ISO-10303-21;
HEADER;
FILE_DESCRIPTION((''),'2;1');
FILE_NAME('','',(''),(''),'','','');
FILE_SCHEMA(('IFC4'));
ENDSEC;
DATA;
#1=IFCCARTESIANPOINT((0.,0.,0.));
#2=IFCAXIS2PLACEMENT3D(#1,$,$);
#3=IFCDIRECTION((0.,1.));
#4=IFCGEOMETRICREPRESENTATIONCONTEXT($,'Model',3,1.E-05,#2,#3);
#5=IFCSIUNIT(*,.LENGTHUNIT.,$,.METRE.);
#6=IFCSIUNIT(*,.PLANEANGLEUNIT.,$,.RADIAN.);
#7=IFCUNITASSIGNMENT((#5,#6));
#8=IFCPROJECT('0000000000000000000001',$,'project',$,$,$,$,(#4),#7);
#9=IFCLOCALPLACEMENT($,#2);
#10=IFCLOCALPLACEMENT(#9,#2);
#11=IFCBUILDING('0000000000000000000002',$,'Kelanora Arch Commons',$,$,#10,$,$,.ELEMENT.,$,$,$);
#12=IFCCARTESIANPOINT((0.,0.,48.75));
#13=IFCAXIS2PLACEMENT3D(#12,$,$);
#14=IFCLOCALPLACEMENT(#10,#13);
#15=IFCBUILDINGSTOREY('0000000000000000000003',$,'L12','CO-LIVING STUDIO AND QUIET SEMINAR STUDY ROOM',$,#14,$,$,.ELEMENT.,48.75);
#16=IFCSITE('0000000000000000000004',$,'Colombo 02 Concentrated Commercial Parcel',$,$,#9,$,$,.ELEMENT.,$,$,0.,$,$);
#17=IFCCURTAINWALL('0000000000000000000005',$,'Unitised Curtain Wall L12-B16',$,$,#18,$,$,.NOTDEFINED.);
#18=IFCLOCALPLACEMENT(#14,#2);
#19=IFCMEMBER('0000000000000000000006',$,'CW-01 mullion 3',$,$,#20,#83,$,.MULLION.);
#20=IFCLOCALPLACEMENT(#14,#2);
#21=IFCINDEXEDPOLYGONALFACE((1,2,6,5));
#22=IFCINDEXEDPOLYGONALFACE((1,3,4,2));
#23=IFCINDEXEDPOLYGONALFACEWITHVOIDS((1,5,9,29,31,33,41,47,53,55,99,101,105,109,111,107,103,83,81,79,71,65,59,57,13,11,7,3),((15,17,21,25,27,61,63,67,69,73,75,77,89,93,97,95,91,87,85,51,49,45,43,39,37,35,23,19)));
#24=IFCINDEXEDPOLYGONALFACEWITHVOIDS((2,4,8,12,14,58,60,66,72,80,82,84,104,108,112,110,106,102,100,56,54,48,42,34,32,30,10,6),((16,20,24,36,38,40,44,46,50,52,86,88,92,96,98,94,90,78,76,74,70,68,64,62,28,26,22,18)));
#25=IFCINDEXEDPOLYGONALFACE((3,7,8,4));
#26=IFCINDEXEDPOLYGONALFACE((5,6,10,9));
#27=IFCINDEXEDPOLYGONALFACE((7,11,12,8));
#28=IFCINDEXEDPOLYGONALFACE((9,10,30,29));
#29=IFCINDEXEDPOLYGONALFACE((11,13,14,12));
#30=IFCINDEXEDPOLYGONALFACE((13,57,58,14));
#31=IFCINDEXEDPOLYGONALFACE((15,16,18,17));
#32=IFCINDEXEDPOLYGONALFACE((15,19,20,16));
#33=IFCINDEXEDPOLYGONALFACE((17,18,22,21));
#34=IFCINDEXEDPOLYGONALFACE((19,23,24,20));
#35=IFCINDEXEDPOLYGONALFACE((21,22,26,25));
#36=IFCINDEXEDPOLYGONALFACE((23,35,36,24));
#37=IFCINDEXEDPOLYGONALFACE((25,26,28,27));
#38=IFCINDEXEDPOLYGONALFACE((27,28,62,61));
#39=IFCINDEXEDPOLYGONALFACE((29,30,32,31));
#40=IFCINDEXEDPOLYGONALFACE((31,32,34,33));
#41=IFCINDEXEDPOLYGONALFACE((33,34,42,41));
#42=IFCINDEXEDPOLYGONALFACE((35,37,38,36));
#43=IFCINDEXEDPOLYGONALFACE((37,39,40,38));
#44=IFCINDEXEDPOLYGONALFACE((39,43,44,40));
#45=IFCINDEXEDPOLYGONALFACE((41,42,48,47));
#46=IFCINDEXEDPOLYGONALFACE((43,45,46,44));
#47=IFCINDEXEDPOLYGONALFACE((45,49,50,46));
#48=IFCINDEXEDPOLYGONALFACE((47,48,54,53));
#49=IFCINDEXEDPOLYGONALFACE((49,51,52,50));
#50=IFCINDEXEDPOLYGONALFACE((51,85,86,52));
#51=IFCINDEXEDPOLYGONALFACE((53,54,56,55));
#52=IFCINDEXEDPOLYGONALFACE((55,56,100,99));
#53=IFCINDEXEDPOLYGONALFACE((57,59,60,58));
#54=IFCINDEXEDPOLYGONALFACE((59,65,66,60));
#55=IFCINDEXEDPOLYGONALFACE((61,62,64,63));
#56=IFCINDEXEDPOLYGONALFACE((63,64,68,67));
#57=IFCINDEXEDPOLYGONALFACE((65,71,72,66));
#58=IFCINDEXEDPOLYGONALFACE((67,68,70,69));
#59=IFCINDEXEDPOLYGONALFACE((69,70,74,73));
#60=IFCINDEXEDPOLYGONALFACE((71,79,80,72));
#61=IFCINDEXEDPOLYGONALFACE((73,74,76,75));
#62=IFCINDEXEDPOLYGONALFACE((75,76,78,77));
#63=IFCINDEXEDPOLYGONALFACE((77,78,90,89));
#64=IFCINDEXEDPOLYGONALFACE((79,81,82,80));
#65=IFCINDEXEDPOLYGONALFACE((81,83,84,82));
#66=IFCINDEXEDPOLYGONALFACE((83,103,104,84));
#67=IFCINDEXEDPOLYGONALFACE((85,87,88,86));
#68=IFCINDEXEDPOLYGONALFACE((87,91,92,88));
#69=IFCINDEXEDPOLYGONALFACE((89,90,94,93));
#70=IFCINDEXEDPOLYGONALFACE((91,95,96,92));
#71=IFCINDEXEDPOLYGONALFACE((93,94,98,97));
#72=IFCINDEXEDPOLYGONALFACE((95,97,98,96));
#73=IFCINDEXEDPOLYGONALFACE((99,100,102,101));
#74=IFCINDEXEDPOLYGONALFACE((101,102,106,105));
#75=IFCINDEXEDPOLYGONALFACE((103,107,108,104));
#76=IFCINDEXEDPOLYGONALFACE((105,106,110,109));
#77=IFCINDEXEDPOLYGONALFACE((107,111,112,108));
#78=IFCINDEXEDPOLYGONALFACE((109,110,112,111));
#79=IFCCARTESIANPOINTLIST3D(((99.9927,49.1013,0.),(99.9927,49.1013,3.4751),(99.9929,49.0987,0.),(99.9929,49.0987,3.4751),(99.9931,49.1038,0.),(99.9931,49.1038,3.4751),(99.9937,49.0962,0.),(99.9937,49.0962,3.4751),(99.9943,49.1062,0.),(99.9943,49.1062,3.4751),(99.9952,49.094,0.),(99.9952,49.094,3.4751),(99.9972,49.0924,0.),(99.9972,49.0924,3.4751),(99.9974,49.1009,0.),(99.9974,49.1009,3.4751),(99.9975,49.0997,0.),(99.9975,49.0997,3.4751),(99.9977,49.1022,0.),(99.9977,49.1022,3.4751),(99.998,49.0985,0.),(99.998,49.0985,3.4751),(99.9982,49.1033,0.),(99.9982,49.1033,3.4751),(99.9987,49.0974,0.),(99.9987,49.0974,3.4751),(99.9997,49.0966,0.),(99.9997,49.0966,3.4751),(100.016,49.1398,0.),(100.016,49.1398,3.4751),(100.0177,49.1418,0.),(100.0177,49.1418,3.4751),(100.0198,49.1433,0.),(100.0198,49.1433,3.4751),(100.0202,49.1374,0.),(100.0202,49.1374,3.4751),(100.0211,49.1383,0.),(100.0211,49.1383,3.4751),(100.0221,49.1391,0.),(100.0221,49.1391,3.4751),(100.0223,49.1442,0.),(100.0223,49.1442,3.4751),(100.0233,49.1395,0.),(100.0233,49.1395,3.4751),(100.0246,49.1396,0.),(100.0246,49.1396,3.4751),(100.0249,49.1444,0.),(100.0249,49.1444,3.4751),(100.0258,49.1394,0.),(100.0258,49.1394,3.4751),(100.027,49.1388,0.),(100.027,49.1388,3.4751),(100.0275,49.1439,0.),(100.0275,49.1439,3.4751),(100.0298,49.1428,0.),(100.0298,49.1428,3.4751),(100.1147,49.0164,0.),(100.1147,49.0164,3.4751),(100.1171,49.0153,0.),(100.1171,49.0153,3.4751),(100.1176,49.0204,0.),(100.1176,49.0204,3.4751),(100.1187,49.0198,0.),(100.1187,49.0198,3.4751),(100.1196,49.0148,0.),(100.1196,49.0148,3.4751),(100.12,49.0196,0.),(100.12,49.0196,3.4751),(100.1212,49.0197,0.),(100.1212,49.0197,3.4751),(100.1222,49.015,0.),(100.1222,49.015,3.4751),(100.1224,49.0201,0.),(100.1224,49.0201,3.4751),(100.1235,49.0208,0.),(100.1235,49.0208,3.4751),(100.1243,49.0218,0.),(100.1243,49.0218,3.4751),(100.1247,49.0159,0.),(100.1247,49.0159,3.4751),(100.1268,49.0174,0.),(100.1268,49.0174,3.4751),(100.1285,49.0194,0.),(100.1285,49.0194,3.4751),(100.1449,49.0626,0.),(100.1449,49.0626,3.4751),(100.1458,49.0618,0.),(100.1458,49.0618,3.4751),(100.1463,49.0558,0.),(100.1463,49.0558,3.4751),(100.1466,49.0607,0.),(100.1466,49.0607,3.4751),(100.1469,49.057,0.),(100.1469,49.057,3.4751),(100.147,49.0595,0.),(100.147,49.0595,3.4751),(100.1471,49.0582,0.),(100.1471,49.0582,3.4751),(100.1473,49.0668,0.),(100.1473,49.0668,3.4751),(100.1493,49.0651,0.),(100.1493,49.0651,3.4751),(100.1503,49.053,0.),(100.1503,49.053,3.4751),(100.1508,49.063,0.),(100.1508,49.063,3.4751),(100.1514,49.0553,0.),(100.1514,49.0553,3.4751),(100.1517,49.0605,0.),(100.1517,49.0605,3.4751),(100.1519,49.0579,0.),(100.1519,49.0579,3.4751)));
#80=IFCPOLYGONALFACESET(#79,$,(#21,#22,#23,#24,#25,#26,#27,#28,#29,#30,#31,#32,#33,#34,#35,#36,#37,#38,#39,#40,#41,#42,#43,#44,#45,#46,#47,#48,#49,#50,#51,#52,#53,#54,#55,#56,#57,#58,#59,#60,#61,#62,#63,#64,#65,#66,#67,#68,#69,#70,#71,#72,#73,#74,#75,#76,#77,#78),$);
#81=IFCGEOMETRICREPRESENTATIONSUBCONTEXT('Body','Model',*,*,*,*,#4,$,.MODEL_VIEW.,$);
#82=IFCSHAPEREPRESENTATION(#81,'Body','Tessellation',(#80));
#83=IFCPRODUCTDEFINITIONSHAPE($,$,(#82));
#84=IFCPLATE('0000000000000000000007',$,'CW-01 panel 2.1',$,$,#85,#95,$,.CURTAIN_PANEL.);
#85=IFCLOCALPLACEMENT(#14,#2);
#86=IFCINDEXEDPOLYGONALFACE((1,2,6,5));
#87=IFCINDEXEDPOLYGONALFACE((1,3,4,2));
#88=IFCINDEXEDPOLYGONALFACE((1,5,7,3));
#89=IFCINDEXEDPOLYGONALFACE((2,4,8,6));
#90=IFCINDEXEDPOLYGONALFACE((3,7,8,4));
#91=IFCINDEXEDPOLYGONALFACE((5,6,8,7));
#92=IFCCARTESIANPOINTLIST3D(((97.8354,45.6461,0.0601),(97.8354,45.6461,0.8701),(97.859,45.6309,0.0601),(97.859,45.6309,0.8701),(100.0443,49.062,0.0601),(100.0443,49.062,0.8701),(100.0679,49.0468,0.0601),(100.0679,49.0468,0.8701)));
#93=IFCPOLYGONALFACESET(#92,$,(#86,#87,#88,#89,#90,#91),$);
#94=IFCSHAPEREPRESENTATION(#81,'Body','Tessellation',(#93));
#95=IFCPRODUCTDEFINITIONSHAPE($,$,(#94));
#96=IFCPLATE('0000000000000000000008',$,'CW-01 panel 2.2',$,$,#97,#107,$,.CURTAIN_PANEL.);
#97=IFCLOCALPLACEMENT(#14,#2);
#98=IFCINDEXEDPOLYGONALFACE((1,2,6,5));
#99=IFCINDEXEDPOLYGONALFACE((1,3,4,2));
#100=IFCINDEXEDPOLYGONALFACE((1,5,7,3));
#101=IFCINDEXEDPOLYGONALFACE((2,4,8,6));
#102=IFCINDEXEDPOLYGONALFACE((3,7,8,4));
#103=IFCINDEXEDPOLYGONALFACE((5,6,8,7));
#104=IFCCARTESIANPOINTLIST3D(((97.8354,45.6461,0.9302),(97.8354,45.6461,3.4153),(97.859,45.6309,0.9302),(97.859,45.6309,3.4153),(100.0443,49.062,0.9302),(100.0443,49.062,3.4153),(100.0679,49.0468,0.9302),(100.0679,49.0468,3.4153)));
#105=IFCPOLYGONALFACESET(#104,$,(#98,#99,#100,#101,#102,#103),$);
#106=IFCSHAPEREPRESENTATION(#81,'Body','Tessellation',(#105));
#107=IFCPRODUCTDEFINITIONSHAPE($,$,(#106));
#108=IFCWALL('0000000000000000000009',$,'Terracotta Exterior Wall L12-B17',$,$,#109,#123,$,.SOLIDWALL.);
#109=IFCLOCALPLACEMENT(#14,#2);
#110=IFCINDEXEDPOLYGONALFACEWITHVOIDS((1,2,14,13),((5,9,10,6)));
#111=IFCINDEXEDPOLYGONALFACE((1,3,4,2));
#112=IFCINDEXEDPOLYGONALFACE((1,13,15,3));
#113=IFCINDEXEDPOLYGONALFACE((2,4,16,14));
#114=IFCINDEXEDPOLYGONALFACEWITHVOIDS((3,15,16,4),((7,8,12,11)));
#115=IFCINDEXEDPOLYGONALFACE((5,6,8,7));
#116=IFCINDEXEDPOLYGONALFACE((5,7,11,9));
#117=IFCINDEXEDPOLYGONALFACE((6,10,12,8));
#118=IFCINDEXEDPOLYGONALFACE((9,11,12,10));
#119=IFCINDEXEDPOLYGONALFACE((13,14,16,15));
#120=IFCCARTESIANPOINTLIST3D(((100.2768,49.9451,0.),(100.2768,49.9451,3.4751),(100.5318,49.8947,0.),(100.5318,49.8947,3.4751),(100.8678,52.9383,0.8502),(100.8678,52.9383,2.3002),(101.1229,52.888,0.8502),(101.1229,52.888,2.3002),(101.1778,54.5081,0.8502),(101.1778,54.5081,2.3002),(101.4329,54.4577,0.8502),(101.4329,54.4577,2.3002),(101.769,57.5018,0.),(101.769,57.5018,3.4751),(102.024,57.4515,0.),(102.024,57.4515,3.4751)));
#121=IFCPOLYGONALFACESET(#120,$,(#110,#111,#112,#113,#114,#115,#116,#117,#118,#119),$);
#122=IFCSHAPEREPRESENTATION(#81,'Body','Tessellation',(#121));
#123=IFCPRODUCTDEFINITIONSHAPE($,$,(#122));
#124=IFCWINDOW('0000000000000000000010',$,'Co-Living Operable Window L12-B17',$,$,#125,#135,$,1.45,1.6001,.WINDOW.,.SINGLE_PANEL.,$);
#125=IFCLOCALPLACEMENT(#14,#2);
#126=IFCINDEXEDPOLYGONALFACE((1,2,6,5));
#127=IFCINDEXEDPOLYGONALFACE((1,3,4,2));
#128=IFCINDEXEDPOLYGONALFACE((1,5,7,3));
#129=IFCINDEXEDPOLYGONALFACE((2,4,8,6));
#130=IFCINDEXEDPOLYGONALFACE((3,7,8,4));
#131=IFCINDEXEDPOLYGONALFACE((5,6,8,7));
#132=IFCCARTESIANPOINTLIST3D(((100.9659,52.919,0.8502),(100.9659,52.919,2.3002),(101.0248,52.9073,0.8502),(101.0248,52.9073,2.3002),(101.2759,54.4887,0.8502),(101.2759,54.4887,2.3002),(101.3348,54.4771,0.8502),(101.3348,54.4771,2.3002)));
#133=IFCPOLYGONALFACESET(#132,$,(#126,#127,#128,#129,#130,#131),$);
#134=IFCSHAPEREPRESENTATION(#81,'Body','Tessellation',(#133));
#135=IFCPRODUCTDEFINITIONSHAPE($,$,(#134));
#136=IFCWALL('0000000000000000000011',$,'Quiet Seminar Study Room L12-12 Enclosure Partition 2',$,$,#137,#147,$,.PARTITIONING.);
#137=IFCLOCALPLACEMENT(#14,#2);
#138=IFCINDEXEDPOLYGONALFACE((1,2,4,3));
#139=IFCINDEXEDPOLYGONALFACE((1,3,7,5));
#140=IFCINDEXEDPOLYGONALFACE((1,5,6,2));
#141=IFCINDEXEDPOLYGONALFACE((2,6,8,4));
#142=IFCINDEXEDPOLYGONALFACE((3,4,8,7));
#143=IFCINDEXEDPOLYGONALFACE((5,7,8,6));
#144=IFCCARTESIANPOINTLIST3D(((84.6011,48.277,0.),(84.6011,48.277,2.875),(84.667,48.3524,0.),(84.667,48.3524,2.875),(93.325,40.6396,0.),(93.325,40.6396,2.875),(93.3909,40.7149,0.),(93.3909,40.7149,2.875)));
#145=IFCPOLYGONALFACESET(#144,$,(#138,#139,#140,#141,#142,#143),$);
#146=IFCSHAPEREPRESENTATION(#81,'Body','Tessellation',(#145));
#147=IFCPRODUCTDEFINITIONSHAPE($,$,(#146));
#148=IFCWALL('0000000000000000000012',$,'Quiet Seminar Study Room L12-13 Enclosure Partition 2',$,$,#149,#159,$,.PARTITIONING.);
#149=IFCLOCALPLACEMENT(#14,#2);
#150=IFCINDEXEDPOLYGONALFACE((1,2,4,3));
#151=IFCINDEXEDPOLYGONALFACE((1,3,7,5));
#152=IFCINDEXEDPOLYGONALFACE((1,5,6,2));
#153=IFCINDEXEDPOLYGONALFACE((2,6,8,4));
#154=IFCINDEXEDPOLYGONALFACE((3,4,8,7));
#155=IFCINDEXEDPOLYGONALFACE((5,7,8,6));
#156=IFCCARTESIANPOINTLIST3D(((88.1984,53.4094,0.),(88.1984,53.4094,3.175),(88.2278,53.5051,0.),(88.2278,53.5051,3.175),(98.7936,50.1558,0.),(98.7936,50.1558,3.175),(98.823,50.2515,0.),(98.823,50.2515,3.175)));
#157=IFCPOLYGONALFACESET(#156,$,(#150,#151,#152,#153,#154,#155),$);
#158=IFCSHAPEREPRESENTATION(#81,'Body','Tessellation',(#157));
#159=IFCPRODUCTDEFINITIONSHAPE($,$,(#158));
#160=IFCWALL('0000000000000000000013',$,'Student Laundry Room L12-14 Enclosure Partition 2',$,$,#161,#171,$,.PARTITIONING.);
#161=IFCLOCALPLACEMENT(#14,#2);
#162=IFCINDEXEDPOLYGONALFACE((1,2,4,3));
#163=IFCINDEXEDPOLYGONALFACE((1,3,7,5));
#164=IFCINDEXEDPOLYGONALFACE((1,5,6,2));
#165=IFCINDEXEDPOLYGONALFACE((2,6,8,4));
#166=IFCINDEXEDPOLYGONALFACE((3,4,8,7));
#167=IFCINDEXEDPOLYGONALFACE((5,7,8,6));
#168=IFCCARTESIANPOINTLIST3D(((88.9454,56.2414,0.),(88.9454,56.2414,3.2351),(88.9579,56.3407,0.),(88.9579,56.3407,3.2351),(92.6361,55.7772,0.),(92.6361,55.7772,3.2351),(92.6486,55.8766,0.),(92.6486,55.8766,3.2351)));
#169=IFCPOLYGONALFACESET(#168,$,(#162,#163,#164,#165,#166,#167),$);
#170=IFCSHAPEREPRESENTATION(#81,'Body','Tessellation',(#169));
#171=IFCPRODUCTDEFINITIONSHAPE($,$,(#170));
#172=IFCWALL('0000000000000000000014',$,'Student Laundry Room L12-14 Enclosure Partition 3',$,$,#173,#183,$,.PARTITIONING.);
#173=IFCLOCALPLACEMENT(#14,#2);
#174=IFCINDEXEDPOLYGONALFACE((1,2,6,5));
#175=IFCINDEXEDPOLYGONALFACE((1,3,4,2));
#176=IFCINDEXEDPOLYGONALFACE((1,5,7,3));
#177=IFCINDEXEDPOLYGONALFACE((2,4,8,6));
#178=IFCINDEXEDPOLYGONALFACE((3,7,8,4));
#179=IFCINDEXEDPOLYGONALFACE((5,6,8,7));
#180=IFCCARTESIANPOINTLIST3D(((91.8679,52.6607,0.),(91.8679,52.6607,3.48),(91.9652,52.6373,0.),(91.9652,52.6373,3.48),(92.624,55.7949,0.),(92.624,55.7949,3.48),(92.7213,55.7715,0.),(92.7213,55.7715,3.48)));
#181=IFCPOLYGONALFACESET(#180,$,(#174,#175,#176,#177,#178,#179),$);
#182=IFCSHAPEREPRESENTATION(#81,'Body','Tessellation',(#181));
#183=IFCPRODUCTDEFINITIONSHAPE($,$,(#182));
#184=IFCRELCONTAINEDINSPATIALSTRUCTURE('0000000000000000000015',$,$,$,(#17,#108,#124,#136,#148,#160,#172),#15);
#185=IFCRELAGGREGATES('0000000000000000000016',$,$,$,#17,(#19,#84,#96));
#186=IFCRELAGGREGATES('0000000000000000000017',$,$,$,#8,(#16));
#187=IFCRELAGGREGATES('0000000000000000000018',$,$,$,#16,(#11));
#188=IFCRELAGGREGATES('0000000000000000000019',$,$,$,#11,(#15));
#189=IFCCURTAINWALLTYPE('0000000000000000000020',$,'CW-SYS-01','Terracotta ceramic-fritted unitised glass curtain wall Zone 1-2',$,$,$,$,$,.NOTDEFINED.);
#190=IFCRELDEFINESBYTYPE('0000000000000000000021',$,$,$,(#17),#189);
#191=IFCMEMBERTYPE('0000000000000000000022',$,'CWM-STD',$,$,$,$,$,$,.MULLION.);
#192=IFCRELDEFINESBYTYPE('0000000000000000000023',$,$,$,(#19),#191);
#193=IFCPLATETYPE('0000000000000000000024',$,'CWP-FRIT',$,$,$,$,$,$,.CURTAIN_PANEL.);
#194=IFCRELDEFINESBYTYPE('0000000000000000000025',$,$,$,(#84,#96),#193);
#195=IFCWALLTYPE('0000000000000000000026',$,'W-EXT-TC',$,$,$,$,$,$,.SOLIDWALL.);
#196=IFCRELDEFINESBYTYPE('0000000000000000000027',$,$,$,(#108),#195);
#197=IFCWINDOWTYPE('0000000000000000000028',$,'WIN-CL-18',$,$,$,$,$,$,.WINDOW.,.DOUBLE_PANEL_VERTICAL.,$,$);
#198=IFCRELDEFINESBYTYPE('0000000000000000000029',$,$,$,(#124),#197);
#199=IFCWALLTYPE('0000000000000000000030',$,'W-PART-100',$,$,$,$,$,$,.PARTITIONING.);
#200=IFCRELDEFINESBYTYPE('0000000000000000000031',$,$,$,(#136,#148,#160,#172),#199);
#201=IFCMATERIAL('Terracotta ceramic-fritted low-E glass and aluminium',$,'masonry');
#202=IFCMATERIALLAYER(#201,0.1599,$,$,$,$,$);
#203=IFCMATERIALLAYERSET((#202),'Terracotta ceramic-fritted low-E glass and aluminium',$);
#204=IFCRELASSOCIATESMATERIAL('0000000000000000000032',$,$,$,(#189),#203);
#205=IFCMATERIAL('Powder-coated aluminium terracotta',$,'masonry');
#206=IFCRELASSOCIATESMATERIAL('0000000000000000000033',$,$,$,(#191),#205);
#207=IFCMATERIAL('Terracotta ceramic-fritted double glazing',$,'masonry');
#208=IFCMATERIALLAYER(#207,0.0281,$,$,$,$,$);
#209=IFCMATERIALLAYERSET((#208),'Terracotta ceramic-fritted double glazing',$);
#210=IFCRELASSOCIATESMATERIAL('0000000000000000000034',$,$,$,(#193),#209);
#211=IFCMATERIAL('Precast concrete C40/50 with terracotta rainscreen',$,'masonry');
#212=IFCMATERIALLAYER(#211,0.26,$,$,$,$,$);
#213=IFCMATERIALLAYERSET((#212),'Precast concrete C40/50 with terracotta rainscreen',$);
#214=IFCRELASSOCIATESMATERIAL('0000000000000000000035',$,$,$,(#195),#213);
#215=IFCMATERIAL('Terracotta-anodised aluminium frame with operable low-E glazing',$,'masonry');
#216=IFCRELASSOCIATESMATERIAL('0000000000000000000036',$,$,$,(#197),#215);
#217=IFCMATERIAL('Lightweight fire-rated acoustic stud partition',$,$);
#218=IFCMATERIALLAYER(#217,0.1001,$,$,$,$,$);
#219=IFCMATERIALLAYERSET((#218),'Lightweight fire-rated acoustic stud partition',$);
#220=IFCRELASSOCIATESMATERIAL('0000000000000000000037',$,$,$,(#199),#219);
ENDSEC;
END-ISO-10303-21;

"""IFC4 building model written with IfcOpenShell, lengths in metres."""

from ifc_helpers import new_model, si_unit, direction, frame, frame_2d, origin, origin_2d, place, context, subcontext, project, spatial, rectangle, hollow_rectangle, extrude, source, transform, mapped, material, layer, layer_set, material_profile, profile_set, type_object, element, fill, aggregate, save


model = new_model("IFC4")

# Units and contexts
model_context = context("Model", 3, precision=1e-05, world=origin(), true_north=direction((0.0, 1.0)))
body_context = subcontext(model_context, "Body", "Model", "MODEL_VIEW")
ifc_project = project(units=[si_unit("LENGTHUNIT", "METRE"), si_unit("PLANEANGLEUNIT", "RADIAN")], contexts=[model_context])

# Site, building, storey
site_placement = place(None, origin())
site = spatial("IfcSite", under=ifc_project, at=site_placement, Name="Colombo 02 Concentrated Commercial Parcel", CompositionType="ELEMENT", RefElevation=0.0)
building_placement = place(site_placement, origin())
building = spatial("IfcBuilding", under=site, at=building_placement, Name="Kelanora Arch Commons", CompositionType="ELEMENT")
storey_placement = place(building_placement, frame((0.0, 0.0, 48.75)))
storey = spatial("IfcBuildingStorey", under=building, at=storey_placement, Name="L12", Description="CO-LIVING STUDIO AND QUIET SEMINAR STUDY ROOM", CompositionType="ELEMENT", Elevation=48.75)

# Curtain wall, member, plates
ifc_material_1 = material(Name="Terracotta ceramic-fritted low-E glass and aluminium", Category="masonry")
ifc_layer_1 = layer(ifc_material_1, 0.1599)
ifc_layer_set_1 = layer_set([ifc_layer_1], Name="Terracotta ceramic-fritted low-E glass and aluminium")
curtain_wall_type = type_object("IfcCurtainWallType", Name="CW-SYS-01", Description="Terracotta ceramic-fritted unitised glass curtain wall Zone 1-2", PredefinedType="NOTDEFINED", material=ifc_layer_set_1)
curtain_wall_placement = place(storey_placement, origin())
curtain_wall = element("IfcCurtainWall", 1, at=curtain_wall_placement, inside=storey, type_object=curtain_wall_type, Name="Unitised Curtain Wall L12-B16", PredefinedType="NOTDEFINED")
ifc_material_2 = material(Name="Powder-coated aluminium terracotta", Category="masonry")
ifc_material_profile_1 = material_profile(ifc_material_2, hollow_rectangle(XDim=0.1599, YDim=0.0601, WallThickness=0.0049, InnerFilletRadius=0.0049, OuterFilletRadius=0.01, at=origin_2d()), Name="CWM160x60")
ifc_profile_set_1 = profile_set([ifc_material_profile_1], Name="Powder-coated aluminium terracotta")
member_type = type_object("IfcMemberType", Name="CWM-STD", PredefinedType="MULLION", material=ifc_profile_set_1)
member_placement = place(storey_placement, frame((100.0723, 49.0796, 0.0), z_axis=(0.0, 0.0, 1.0), x_axis=(-0.83973, 0.543004, 0.0)))
member = element("IfcMember", 2, at=member_placement, type_object=member_type, Name="CW-01 mullion 3", PredefinedType="MULLION", context=body_context, shape_type="SweptSolid", body=[
    extrude(hollow_rectangle(XDim=0.1599, YDim=0.0601, WallThickness=0.0049, InnerFilletRadius=0.0049, OuterFilletRadius=0.01, at=origin_2d()), origin(), (0.0, 0.0, 1.0), 3.4751),
])
ifc_material_3 = material(Name="Terracotta ceramic-fritted double glazing", Category="masonry")
ifc_layer_2 = layer(ifc_material_3, 0.0281)
ifc_layer_set_2 = layer_set([ifc_layer_2], Name="Terracotta ceramic-fritted double glazing")
plate_type = type_object("IfcPlateType", Name="CWP-FRIT", PredefinedType="CURTAIN_PANEL", material=ifc_layer_set_2)
shared_shape_1 = source(origin(), body_context, "Body", "SweptSolid", [
    extrude(rectangle(XDim=4.0679, YDim=0.0281, at=origin_2d()), origin(), (0.0, 0.0, 1.0), 0.8101),
])
plate_1_placement = place(storey_placement, frame((98.9517, 47.3464, 0.0601), z_axis=(0.0, 0.0, 1.0), x_axis=(0.543004, 0.83973, 0.0)))
plate_1 = element("IfcPlate", 3, at=plate_1_placement, type_object=plate_type, Name="CW-01 panel 2.1", PredefinedType="CURTAIN_PANEL", context=body_context, shape_type="MappedRepresentation", body=[
    mapped(shared_shape_1, transform((0.0, 0.0, 0.0), scale=1.0)),
])
shared_shape_2 = source(origin(), body_context, "Body", "SweptSolid", [
    extrude(rectangle(XDim=4.0679, YDim=0.0281, at=origin_2d()), origin(), (0.0, 0.0, 1.0), 2.4851),
])
plate_2_placement = place(storey_placement, frame((98.9517, 47.3464, 0.9302), z_axis=(0.0, 0.0, 1.0), x_axis=(0.543004, 0.83973, 0.0)))
plate_2 = element("IfcPlate", 4, at=plate_2_placement, type_object=plate_type, Name="CW-01 panel 2.2", PredefinedType="CURTAIN_PANEL", context=body_context, shape_type="MappedRepresentation", body=[
    mapped(shared_shape_2, transform((0.0, 0.0, 0.0), scale=1.0)),
])
aggregate(curtain_wall, [member, plate_1, plate_2])

# Wall, opening, window
ifc_material_4 = material(Name="Precast concrete C40/50 with terracotta rainscreen", Category="masonry")
ifc_layer_3 = layer(ifc_material_4, 0.26)
ifc_layer_set_3 = layer_set([ifc_layer_3], Name="Precast concrete C40/50 with terracotta rainscreen")
wall_type_1 = type_object("IfcWallType", Name="W-EXT-TC", PredefinedType="SOLIDWALL", material=ifc_layer_set_3)
wall_1_placement = place(storey_placement, frame((100.4043, 49.9199, 0.0), z_axis=(0.0, 0.0, 1.0), x_axis=(0.193726, 0.981056, 0.0)))
wall_1 = element("IfcWall", 5, at=wall_1_placement, inside=storey, type_object=wall_type_1, Name="Terracotta Exterior Wall L12-B17", PredefinedType="SOLIDWALL", context=body_context, shape_type="SweptSolid", body=[
    extrude(rectangle(XDim=7.7026, YDim=0.26, at=frame_2d((3.8513, 0.0))), origin(), (0.0, 0.0, 1.0), 3.4751),
])
opening_1_placement = place(wall_1_placement, frame((3.051, 0.0, 0.8501)))
opening_1 = element("IfcOpeningElement", 6, at=opening_1_placement, cuts=wall_1, PredefinedType="OPENING", context=body_context, shape_type="SweptSolid", body=[
    extrude(rectangle(XDim=1.6001, YDim=1.45, at=frame_2d((0.8, 0.7251))), frame((0.0, 0.1401, 0.0), z_axis=(0.0, -1.0, 0.0), x_axis=(1.0, 0.0, 0.0)), (0.0, 0.0, 1.0), 0.28),
])
ifc_material_5 = material(Name="Terracotta-anodised aluminium frame with operable low-E glazing", Category="masonry")
window_type = type_object("IfcWindowType", Name="WIN-CL-18", PartitioningType="DOUBLE_PANEL_VERTICAL", PredefinedType="WINDOW", material=ifc_material_5)
window_placement = place(opening_1_placement, origin())
window = element("IfcWindow", 7, at=window_placement, inside=storey, type_object=window_type, Name="Co-Living Operable Window L12-B17", OverallHeight=1.45, OverallWidth=1.6001, PartitioningType="SINGLE_PANEL", PredefinedType="WINDOW", context=body_context, shape_type="SweptSolid", body=[
    extrude(rectangle(XDim=1.6001, YDim=1.45, at=frame_2d((0.8, 0.7251))), frame((0.0, 0.03, 0.0), z_axis=(0.0, -1.0, 0.0), x_axis=(1.0, 0.0, 0.0)), (0.0, 0.0, 1.0), 0.0601),
])
fill(opening_1, window)

# Walls
ifc_material_6 = material(Name="Lightweight fire-rated acoustic stud partition")
ifc_layer_4 = layer(ifc_material_6, 0.1001)
ifc_layer_set_4 = layer_set([ifc_layer_4], Name="Lightweight fire-rated acoustic stud partition")
wall_type_2 = type_object("IfcWallType", Name="W-PART-100", PredefinedType="PARTITIONING", material=ifc_layer_set_4)
wall_2_placement = place(storey_placement, frame((84.634, 48.3147, 0.0), z_axis=(0.0, 0.0, 1.0), x_axis=(0.752403, -0.658703, 0.0)))
element("IfcWall", 8, at=wall_2_placement, inside=storey, type_object=wall_type_2, Name="Quiet Seminar Study Room L12-12 Enclosure Partition 2", PredefinedType="PARTITIONING", context=body_context, shape_type="SweptSolid", body=[
    extrude(rectangle(XDim=11.5947, YDim=0.1001, at=frame_2d((5.7974, 0.0))), origin(), (0.0, 0.0, 1.0), 2.875),
])
wall_3_placement = place(storey_placement, frame((88.2131, 53.4573, 0.0), z_axis=(0.0, 0.0, 1.0), x_axis=(0.955941, -0.293558, 0.0)))
element("IfcWall", 9, at=wall_3_placement, inside=storey, type_object=wall_type_2, Name="Quiet Seminar Study Room L12-13 Enclosure Partition 2", PredefinedType="PARTITIONING", context=body_context, shape_type="SweptSolid", body=[
    extrude(rectangle(XDim=11.0835, YDim=0.1001, at=frame_2d((5.5417, 0.0))), origin(), (0.0, 0.0, 1.0), 3.175),
])
wall_4_placement = place(storey_placement, frame((88.9517, 56.291, 0.0), z_axis=(0.0, 0.0, 1.0), x_axis=(0.992186, -0.12477, 0.0)))
element("IfcWall", 10, at=wall_4_placement, inside=storey, type_object=wall_type_2, Name="Student Laundry Room L12-14 Enclosure Partition 2", PredefinedType="PARTITIONING", context=body_context, shape_type="SweptSolid", body=[
    extrude(rectangle(XDim=3.7197, YDim=0.1001, at=frame_2d((1.8599, 0.0))), origin(), (0.0, 0.0, 1.0), 3.2351),
])
wall_5_placement = place(storey_placement, frame((92.6726, 55.7832, 0.0), z_axis=(0.0, 0.0, 1.0), x_axis=(-0.23451, -0.972114, 0.0)))
element("IfcWall", 11, at=wall_5_placement, inside=storey, type_object=wall_type_2, Name="Student Laundry Room L12-14 Enclosure Partition 3", PredefinedType="PARTITIONING", context=body_context, shape_type="SweptSolid", body=[
    extrude(rectangle(XDim=3.2241, YDim=0.1001, at=frame_2d((1.6121, 0.0))), origin(), (0.0, 0.0, 1.0), 3.48),
])

save(model, "model.ifc")
